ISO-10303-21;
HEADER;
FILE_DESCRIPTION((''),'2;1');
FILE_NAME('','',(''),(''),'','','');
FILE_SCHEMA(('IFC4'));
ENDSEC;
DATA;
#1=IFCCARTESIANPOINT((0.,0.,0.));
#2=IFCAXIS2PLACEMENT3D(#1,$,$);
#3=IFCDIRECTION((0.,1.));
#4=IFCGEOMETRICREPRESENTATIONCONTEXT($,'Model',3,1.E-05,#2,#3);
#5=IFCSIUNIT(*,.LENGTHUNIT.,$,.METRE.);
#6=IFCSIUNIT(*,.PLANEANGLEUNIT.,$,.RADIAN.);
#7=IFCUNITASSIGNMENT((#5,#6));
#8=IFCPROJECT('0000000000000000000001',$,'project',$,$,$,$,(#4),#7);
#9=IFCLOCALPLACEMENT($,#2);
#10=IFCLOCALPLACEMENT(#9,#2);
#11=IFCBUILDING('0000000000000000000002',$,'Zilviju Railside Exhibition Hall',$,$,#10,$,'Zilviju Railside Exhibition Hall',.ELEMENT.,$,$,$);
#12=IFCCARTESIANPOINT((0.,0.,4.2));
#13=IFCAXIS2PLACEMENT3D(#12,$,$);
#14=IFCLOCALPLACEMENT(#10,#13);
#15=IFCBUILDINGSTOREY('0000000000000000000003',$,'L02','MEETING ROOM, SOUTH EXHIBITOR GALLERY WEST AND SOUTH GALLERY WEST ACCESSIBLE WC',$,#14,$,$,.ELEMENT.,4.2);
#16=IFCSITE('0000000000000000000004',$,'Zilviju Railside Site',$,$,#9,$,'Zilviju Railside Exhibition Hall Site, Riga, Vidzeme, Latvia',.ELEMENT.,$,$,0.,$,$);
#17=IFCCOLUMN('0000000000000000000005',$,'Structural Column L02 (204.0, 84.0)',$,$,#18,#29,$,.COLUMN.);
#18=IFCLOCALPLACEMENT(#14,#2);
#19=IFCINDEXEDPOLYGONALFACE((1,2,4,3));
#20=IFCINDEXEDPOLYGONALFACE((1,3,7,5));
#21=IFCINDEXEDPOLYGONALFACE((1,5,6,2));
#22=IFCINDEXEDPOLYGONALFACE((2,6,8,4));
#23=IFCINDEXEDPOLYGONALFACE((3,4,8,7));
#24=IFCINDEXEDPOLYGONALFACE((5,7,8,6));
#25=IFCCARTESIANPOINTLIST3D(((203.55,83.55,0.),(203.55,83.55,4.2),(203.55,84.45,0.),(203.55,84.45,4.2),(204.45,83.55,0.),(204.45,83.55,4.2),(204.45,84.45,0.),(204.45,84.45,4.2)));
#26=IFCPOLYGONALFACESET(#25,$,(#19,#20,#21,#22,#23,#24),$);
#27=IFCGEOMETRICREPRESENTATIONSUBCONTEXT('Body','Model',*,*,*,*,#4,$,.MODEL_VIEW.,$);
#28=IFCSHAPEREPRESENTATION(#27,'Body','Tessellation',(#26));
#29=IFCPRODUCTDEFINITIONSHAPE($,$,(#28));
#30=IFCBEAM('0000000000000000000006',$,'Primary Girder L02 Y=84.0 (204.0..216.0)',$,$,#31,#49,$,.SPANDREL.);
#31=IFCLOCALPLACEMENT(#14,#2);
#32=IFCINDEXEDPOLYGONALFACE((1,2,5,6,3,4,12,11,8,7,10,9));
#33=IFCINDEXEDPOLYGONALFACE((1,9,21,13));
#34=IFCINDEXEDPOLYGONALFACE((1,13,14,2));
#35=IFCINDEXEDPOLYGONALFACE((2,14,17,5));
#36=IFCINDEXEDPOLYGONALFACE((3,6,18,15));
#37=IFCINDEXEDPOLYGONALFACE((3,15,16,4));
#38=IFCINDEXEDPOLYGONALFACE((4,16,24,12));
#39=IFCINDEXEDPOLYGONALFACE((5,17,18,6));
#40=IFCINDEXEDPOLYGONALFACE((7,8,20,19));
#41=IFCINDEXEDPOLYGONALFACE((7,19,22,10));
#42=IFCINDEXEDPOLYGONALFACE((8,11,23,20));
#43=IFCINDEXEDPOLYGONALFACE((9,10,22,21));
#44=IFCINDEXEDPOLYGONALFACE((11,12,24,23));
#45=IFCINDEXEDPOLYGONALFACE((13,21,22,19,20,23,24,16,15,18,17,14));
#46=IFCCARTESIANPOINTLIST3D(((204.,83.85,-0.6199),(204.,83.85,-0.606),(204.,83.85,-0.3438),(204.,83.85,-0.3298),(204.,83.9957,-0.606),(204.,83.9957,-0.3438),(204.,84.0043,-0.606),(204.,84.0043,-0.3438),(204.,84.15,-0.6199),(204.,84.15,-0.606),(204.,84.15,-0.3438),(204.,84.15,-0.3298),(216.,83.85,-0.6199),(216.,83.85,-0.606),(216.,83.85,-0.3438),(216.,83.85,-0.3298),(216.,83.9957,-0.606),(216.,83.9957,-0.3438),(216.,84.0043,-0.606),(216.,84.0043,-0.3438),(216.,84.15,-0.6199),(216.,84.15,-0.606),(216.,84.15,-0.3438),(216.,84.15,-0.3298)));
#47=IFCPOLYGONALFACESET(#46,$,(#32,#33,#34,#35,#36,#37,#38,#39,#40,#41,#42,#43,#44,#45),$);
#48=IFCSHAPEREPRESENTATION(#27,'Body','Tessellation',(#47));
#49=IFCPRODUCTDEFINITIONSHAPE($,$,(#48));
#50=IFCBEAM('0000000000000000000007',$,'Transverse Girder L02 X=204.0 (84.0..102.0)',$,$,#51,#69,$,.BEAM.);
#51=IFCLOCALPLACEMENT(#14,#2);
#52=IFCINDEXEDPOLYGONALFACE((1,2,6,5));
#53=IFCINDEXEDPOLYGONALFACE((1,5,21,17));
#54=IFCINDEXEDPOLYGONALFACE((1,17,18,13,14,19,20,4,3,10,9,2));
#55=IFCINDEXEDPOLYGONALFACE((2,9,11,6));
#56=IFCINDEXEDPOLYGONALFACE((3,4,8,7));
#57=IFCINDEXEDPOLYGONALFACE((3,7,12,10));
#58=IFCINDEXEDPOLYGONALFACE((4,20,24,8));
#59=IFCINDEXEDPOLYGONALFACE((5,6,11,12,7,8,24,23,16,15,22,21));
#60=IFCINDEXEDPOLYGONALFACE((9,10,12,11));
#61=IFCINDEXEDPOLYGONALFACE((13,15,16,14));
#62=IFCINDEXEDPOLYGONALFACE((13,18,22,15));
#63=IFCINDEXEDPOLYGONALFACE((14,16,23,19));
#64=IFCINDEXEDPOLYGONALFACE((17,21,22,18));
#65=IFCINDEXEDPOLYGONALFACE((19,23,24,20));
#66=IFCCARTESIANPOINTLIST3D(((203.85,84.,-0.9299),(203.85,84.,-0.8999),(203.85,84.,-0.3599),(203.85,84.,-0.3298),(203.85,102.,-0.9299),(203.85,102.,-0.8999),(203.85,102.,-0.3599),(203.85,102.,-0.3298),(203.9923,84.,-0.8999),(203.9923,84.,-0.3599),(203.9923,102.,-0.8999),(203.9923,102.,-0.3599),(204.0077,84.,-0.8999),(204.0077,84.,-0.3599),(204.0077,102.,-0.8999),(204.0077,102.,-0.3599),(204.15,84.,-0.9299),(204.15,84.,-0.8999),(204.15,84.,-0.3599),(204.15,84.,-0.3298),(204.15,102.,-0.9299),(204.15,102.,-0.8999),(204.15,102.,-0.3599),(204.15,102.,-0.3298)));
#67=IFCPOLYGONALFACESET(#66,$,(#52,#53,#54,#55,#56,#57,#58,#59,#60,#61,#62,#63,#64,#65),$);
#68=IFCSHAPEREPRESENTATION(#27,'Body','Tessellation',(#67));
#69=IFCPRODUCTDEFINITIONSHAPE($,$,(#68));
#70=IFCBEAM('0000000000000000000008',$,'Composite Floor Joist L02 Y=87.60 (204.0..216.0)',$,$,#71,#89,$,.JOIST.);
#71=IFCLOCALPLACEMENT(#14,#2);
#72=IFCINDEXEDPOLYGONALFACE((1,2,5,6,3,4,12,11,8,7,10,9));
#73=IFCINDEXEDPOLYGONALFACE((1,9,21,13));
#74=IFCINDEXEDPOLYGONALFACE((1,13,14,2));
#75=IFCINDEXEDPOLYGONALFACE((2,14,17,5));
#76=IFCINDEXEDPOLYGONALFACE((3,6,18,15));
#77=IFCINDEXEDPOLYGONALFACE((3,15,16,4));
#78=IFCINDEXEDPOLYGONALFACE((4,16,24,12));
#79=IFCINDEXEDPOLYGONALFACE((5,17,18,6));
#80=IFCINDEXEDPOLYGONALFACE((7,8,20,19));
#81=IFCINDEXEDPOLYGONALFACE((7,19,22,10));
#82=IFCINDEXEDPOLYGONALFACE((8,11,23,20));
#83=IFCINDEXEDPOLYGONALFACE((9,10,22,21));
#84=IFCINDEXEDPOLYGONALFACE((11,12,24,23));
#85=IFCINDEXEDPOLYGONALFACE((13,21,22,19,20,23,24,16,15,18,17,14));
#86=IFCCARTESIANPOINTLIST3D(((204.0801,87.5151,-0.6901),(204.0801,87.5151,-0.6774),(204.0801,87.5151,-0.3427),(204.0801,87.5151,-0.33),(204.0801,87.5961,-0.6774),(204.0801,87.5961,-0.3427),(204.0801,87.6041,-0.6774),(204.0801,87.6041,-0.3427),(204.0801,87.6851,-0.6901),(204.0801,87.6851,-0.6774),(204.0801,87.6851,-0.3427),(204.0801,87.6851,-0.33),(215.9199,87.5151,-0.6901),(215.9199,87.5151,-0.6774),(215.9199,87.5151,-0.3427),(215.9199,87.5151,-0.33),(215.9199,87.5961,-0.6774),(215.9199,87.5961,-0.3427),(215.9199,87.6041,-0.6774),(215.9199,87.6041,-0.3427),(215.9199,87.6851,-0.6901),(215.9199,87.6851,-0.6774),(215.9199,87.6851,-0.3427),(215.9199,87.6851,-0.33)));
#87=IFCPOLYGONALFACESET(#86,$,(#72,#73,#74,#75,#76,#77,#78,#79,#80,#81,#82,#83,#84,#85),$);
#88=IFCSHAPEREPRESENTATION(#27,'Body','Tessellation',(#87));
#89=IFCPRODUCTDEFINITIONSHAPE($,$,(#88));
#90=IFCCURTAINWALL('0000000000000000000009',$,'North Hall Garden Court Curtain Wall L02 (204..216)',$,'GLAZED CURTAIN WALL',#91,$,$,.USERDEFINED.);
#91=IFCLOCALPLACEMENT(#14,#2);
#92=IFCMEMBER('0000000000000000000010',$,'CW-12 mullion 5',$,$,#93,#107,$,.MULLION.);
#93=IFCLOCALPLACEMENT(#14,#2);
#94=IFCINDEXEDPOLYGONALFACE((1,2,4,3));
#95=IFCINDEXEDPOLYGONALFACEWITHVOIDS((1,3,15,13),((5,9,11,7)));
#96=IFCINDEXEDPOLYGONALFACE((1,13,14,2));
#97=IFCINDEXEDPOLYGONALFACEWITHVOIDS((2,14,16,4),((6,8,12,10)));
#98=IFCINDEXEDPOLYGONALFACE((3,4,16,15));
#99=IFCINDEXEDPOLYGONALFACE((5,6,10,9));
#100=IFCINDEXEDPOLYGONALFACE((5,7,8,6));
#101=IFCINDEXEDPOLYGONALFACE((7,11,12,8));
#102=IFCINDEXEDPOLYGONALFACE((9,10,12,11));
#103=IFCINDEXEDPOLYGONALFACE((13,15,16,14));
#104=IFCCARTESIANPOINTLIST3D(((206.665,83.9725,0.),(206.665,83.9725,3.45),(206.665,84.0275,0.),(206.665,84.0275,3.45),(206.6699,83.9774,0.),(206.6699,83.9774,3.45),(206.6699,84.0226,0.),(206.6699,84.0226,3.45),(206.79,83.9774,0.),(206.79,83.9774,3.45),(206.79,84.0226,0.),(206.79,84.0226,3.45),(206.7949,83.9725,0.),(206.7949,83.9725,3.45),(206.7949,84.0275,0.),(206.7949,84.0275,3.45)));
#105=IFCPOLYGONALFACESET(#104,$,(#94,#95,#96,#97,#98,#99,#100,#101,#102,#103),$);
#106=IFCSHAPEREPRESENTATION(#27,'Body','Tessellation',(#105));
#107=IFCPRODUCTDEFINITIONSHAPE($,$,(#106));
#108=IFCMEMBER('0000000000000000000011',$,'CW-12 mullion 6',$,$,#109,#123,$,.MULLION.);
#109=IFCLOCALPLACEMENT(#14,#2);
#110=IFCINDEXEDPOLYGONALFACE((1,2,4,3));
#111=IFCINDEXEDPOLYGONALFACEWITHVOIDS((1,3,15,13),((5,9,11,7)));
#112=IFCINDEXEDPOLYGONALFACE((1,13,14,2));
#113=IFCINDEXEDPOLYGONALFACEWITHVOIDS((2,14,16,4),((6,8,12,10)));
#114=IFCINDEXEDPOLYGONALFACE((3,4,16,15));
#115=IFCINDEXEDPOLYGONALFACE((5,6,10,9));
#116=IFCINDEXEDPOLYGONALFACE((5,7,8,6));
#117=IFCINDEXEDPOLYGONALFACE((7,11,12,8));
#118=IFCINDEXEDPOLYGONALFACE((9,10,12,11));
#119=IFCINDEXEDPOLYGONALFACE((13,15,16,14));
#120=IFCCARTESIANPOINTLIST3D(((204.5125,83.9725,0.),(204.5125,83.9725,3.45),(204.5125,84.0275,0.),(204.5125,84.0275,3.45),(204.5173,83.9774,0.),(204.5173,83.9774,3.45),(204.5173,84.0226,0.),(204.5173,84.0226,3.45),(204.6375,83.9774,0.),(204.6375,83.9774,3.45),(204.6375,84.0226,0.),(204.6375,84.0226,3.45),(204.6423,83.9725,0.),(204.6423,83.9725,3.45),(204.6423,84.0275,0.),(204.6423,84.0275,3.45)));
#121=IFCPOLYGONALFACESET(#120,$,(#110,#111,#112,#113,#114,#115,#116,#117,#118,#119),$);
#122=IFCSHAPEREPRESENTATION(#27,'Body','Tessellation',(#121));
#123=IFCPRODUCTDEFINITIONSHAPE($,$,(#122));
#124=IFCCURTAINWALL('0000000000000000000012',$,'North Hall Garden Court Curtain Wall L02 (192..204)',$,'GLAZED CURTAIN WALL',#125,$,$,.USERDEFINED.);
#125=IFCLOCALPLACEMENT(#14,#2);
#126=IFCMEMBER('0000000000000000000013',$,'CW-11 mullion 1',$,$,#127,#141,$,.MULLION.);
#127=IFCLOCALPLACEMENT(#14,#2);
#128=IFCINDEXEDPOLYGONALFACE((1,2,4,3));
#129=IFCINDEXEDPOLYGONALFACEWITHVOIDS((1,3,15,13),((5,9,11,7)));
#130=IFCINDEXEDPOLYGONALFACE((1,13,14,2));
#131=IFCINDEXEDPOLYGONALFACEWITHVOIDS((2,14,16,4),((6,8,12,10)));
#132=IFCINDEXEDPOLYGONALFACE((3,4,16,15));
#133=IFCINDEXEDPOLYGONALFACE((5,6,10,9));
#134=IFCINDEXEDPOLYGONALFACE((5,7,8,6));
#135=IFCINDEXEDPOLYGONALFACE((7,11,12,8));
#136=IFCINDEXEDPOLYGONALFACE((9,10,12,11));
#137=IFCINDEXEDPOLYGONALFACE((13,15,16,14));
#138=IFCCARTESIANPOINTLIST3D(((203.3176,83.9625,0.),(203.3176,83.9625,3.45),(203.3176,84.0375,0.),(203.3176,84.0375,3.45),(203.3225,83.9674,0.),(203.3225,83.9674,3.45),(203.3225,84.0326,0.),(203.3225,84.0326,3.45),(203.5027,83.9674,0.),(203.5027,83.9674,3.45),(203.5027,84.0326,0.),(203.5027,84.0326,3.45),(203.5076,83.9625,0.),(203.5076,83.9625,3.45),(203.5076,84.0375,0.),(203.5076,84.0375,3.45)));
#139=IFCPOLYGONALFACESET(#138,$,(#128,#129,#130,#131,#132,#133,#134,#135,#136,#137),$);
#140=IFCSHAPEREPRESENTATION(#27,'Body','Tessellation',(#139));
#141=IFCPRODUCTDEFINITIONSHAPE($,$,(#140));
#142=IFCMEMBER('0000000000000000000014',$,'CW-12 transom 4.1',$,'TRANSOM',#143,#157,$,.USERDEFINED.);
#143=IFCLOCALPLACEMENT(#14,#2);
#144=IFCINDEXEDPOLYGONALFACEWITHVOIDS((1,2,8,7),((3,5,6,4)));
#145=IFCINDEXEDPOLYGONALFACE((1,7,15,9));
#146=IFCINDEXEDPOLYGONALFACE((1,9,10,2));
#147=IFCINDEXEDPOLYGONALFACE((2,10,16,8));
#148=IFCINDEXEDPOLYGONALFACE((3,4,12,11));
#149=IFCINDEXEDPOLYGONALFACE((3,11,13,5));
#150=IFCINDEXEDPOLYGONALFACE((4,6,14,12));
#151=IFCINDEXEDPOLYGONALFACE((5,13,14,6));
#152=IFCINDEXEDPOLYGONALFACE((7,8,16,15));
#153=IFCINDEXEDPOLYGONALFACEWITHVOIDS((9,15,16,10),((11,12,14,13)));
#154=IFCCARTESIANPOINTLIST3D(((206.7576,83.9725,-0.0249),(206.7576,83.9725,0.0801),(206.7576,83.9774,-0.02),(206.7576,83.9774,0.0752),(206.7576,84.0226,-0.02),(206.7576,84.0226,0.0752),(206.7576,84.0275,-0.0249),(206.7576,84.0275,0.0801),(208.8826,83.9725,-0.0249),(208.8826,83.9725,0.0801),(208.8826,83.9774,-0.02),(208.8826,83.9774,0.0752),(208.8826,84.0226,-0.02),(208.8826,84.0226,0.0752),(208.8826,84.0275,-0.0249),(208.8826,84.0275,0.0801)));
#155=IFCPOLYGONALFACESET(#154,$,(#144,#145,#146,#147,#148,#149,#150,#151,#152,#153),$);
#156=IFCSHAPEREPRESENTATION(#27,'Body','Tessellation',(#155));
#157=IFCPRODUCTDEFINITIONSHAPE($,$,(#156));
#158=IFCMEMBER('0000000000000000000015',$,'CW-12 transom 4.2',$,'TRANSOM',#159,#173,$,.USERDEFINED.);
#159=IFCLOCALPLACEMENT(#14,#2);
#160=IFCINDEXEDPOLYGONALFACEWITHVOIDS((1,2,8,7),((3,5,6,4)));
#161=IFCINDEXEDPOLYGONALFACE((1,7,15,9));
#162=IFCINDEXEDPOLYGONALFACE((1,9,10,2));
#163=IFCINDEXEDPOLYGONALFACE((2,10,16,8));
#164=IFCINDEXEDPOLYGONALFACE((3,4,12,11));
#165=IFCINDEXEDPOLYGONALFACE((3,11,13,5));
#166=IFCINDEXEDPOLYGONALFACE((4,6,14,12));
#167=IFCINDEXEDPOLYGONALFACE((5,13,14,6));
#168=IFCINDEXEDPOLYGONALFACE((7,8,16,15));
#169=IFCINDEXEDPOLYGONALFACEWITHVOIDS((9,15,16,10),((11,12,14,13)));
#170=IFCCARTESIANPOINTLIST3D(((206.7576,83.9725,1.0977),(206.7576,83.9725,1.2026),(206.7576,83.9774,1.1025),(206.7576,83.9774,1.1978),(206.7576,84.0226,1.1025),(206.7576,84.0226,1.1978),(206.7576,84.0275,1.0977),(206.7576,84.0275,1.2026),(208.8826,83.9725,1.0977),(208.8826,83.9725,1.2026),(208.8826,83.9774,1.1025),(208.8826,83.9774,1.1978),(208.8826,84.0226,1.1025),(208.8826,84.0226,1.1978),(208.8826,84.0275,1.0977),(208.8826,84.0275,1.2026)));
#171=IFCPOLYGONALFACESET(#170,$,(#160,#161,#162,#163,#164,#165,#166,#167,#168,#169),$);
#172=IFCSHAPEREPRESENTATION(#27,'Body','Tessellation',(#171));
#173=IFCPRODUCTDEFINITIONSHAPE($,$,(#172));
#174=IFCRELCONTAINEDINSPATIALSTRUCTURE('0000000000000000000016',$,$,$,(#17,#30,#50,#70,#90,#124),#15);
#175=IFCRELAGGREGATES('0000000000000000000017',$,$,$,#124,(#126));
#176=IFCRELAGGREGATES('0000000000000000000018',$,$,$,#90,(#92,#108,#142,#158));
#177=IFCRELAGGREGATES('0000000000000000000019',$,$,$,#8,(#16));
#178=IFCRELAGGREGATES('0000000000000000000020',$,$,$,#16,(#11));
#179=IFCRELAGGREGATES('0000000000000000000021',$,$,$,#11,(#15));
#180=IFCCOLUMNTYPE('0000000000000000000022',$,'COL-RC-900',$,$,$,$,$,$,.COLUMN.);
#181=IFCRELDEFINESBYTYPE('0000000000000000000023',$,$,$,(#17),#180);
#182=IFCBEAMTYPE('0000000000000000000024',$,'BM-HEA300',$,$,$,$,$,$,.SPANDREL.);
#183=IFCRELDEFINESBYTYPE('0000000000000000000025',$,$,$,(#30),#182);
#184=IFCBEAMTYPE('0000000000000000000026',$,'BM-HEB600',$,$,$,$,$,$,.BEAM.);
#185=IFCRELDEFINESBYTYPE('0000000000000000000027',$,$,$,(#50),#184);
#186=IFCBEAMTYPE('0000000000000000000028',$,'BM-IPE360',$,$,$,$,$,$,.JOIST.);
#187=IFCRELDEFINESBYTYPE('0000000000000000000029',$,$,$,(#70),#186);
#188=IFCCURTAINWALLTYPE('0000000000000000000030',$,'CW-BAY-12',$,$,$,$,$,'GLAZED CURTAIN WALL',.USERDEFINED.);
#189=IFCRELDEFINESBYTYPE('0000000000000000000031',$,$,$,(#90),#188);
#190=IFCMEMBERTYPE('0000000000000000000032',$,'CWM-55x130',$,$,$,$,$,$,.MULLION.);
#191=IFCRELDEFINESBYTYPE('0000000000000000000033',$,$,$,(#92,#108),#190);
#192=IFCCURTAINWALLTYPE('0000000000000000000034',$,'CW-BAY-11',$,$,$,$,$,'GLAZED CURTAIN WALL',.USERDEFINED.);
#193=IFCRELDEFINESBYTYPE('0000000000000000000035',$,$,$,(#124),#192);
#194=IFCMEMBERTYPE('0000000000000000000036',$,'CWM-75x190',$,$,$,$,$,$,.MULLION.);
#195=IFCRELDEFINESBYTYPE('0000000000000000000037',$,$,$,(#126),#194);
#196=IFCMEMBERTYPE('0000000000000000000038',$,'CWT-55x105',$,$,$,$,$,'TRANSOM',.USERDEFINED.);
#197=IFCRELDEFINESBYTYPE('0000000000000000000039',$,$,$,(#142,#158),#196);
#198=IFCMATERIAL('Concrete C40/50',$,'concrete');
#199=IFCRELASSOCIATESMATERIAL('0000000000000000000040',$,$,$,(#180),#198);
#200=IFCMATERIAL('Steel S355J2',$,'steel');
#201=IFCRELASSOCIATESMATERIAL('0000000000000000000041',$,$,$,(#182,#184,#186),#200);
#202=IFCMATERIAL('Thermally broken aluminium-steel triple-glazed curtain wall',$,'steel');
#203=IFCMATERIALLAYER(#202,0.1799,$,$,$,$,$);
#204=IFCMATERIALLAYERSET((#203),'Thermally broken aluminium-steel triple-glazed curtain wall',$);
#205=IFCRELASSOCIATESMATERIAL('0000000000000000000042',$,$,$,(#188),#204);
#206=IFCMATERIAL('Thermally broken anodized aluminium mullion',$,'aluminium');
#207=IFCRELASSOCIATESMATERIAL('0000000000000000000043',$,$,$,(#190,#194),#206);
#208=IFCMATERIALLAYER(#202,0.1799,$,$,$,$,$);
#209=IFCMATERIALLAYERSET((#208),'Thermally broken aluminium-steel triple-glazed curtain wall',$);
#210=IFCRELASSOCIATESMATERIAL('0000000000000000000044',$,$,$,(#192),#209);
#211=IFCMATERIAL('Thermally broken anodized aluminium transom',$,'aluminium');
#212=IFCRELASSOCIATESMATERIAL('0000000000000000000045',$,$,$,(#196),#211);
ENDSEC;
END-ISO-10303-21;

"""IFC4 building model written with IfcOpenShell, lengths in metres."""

from ifc_helpers import new_model, si_unit, direction, frame, origin, origin_2d, place, context, subcontext, project, spatial, rectangle, hollow_rectangle, i_section, extrude, material, layer, layer_set, material_profile, profile_set, type_object, element, aggregate, save


model = new_model("IFC4")

# Units and contexts
model_context = context("Model", 3, precision=1e-05, world=origin(), true_north=direction((0.0, 1.0)))
body_context = subcontext(model_context, "Body", "Model", "MODEL_VIEW")
ifc_project = project(units=[si_unit("LENGTHUNIT", "METRE"), si_unit("PLANEANGLEUNIT", "RADIAN")], contexts=[model_context])

# Site, building, storey
site_placement = place(None, origin())
site = spatial("IfcSite", under=ifc_project, at=site_placement, Name="Zilviju Railside Site", LongName="Zilviju Railside Exhibition Hall Site, Riga, Vidzeme, Latvia", CompositionType="ELEMENT", RefElevation=0.0)
building_placement = place(site_placement, origin())
building = spatial("IfcBuilding", under=site, at=building_placement, Name="Zilviju Railside Exhibition Hall", LongName="Zilviju Railside Exhibition Hall", CompositionType="ELEMENT")
storey_placement = place(building_placement, frame((0.0, 0.0, 4.2)))
storey = spatial("IfcBuildingStorey", under=building, at=storey_placement, Name="L02", Description="MEETING ROOM, SOUTH EXHIBITOR GALLERY WEST AND SOUTH GALLERY WEST ACCESSIBLE WC", CompositionType="ELEMENT", Elevation=4.2)

# Column
ifc_material_1 = material(Name="Concrete C40/50", Category="concrete")
ifc_material_profile_1 = material_profile(ifc_material_1, rectangle(XDim=0.8999, YDim=0.8999, at=origin_2d()), Name="RC COL 900x900")
ifc_profile_set_1 = profile_set([ifc_material_profile_1], Name="Concrete C40/50")
column_type = type_object("IfcColumnType", Name="COL-RC-900", PredefinedType="COLUMN", material=ifc_profile_set_1)
column_placement = place(storey_placement, frame((204.0, 84.0, 0.0), z_axis=(0.0, 0.0, 1.0), x_axis=(1.0, 0.0, 0.0)))
element("IfcColumn", 1, at=column_placement, inside=storey, type_object=column_type, Name="Structural Column L02 (204.0, 84.0)", PredefinedType="COLUMN", context=body_context, shape_type="SweptSolid", body=[
    extrude(rectangle(XDim=0.8999, YDim=0.8999, at=origin_2d()), origin(), (0.0, 0.0, 1.0), 4.2),
])

# Beams
ifc_material_2 = material(Name="Steel S355J2", Category="steel")
ifc_material_profile_2 = material_profile(ifc_material_2, i_section(OverallWidth=0.3, OverallDepth=0.29, WebThickness=0.0085, FlangeThickness=0.0139, at=origin_2d()), Name="HEA 300")
ifc_profile_set_2 = profile_set([ifc_material_profile_2], Name="Steel S355J2")
beam_type_1 = type_object("IfcBeamType", Name="BM-HEA300", PredefinedType="SPANDREL", material=ifc_profile_set_2)
beam_1_placement = place(storey_placement, frame((204.0, 84.0, -0.4749), z_axis=(1.0, 0.0, 0.0), x_axis=(0.0, 1.0, 0.0)))
element("IfcBeam", 2, at=beam_1_placement, inside=storey, type_object=beam_type_1, Name="Primary Girder L02 Y=84.0 (204.0..216.0)", PredefinedType="SPANDREL", context=body_context, shape_type="SweptSolid", body=[
    extrude(i_section(OverallWidth=0.3, OverallDepth=0.29, WebThickness=0.0085, FlangeThickness=0.0139, at=origin_2d()), origin(), (0.0, 0.0, 1.0), 12.0),
])
ifc_material_profile_3 = material_profile(ifc_material_2, i_section(OverallWidth=0.3, OverallDepth=0.6001, WebThickness=0.0154, FlangeThickness=0.03, at=origin_2d()), Name="HEB 600")
ifc_profile_set_3 = profile_set([ifc_material_profile_3], Name="Steel S355J2")
beam_type_2 = type_object("IfcBeamType", Name="BM-HEB600", PredefinedType="BEAM", material=ifc_profile_set_3)
beam_2_placement = place(storey_placement, frame((204.0, 84.0, -0.6299), z_axis=(0.0, 1.0, 0.0), x_axis=(-1.0, 0.0, 0.0)))
element("IfcBeam", 3, at=beam_2_placement, inside=storey, type_object=beam_type_2, Name="Transverse Girder L02 X=204.0 (84.0..102.0)", PredefinedType="BEAM", context=body_context, shape_type="SweptSolid", body=[
    extrude(i_section(OverallWidth=0.3, OverallDepth=0.6001, WebThickness=0.0154, FlangeThickness=0.03, at=origin_2d()), origin(), (0.0, 0.0, 1.0), 18.0),
])
ifc_material_profile_4 = material_profile(ifc_material_2, i_section(OverallWidth=0.1699, OverallDepth=0.3601, WebThickness=0.0081, FlangeThickness=0.0127, at=origin_2d()), Name="IPE 360")
ifc_profile_set_4 = profile_set([ifc_material_profile_4], Name="Steel S355J2")
beam_type_3 = type_object("IfcBeamType", Name="BM-IPE360", PredefinedType="JOIST", material=ifc_profile_set_4)
beam_3_placement = place(storey_placement, frame((204.0801, 87.6001, -0.51), z_axis=(1.0, 0.0, 0.0), x_axis=(0.0, 1.0, 0.0)))
element("IfcBeam", 4, at=beam_3_placement, inside=storey, type_object=beam_type_3, Name="Composite Floor Joist L02 Y=87.60 (204.0..216.0)", PredefinedType="JOIST", context=body_context, shape_type="SweptSolid", body=[
    extrude(i_section(OverallWidth=0.1699, OverallDepth=0.3601, WebThickness=0.0081, FlangeThickness=0.0127, at=origin_2d()), origin(), (0.0, 0.0, 1.0), 11.8398),
])

# Curtain wall, members
ifc_material_3 = material(Name="Thermally broken aluminium-steel triple-glazed curtain wall", Category="steel")
ifc_layer_1 = layer(ifc_material_3, 0.1799)
ifc_layer_set_1 = layer_set([ifc_layer_1], Name="Thermally broken aluminium-steel triple-glazed curtain wall")
curtain_wall_type_1 = type_object("IfcCurtainWallType", Name="CW-BAY-12", ElementType="GLAZED CURTAIN WALL", PredefinedType="USERDEFINED", material=ifc_layer_set_1)
curtain_wall_1_placement = place(storey_placement, origin())
curtain_wall_1 = element("IfcCurtainWall", 5, at=curtain_wall_1_placement, inside=storey, type_object=curtain_wall_type_1, Name="North Hall Garden Court Curtain Wall L02 (204..216)", ObjectType="GLAZED CURTAIN WALL", PredefinedType="USERDEFINED")
ifc_material_4 = material(Name="Thermally broken anodized aluminium mullion", Category="aluminium")
ifc_material_profile_5 = material_profile(ifc_material_4, hollow_rectangle(XDim=0.0549, YDim=0.1299, WallThickness=0.0049, at=origin_2d()), Name="MULLION 130x55x5")
ifc_profile_set_5 = profile_set([ifc_material_profile_5], Name="Thermally broken anodized aluminium mullion")
member_type_1 = type_object("IfcMemberType", Name="CWM-55x130", PredefinedType="MULLION", material=ifc_profile_set_5)
member_1_placement = place(storey_placement, frame((206.73, 84.0, 0.0), z_axis=(0.0, 0.0, 1.0), x_axis=(0.0, -1.0, 0.0)))
member_1 = element("IfcMember", 6, at=member_1_placement, type_object=member_type_1, Name="CW-12 mullion 5", PredefinedType="MULLION", context=body_context, shape_type="SweptSolid", body=[
    extrude(hollow_rectangle(XDim=0.0549, YDim=0.1299, WallThickness=0.0049, at=origin_2d()), origin(), (0.0, 0.0, 1.0), 3.45),
])
member_2_placement = place(storey_placement, frame((204.5774, 84.0, 0.0), z_axis=(0.0, 0.0, 1.0), x_axis=(0.0, -1.0, 0.0)))
member_2 = element("IfcMember", 7, at=member_2_placement, type_object=member_type_1, Name="CW-12 mullion 6", PredefinedType="MULLION", context=body_context, shape_type="SweptSolid", body=[
    extrude(hollow_rectangle(XDim=0.0549, YDim=0.1299, WallThickness=0.0049, at=origin_2d()), origin(), (0.0, 0.0, 1.0), 3.45),
])

# Curtain wall, member
ifc_layer_2 = layer(ifc_material_3, 0.1799)
ifc_layer_set_2 = layer_set([ifc_layer_2], Name="Thermally broken aluminium-steel triple-glazed curtain wall")
curtain_wall_type_2 = type_object("IfcCurtainWallType", Name="CW-BAY-11", ElementType="GLAZED CURTAIN WALL", PredefinedType="USERDEFINED", material=ifc_layer_set_2)
curtain_wall_2_placement = place(storey_placement, origin())
curtain_wall_2 = element("IfcCurtainWall", 8, at=curtain_wall_2_placement, inside=storey, type_object=curtain_wall_type_2, Name="North Hall Garden Court Curtain Wall L02 (192..204)", ObjectType="GLAZED CURTAIN WALL", PredefinedType="USERDEFINED")
ifc_material_profile_6 = material_profile(ifc_material_4, hollow_rectangle(XDim=0.075, YDim=0.1899, WallThickness=0.0049, at=origin_2d()), Name="MULLION 190x75x5")
ifc_profile_set_6 = profile_set([ifc_material_profile_6], Name="Thermally broken anodized aluminium mullion")
member_type_2 = type_object("IfcMemberType", Name="CWM-75x190", PredefinedType="MULLION", material=ifc_profile_set_6)
member_3_placement = place(storey_placement, frame((203.4126, 84.0, 0.0), z_axis=(0.0, 0.0, 1.0), x_axis=(0.0, -1.0, 0.0)))
member_3 = element("IfcMember", 9, at=member_3_placement, type_object=member_type_2, Name="CW-11 mullion 1", PredefinedType="MULLION", context=body_context, shape_type="SweptSolid", body=[
    extrude(hollow_rectangle(XDim=0.075, YDim=0.1899, WallThickness=0.0049, at=origin_2d()), origin(), (0.0, 0.0, 1.0), 3.45),
])
aggregate(curtain_wall_2, [member_3])

# Members
ifc_material_5 = material(Name="Thermally broken anodized aluminium transom", Category="aluminium")
ifc_material_profile_7 = material_profile(ifc_material_5, hollow_rectangle(XDim=0.0549, YDim=0.105, WallThickness=0.0049, at=origin_2d()), Name="TRANSOM 105x55x5")
ifc_profile_set_7 = profile_set([ifc_material_profile_7], Name="Thermally broken anodized aluminium transom")
member_type_3 = type_object("IfcMemberType", Name="CWT-55x105", ElementType="TRANSOM", PredefinedType="USERDEFINED", material=ifc_profile_set_7)
member_4_placement = place(storey_placement, frame((208.8826, 84.0, 0.0276), z_axis=(-1.0, 0.0, 0.0), x_axis=(0.0, -1.0, 0.0)))
member_4 = element("IfcMember", 10, at=member_4_placement, type_object=member_type_3, Name="CW-12 transom 4.1", ObjectType="TRANSOM", PredefinedType="USERDEFINED", context=body_context, shape_type="SweptSolid", body=[
    extrude(hollow_rectangle(XDim=0.0549, YDim=0.105, WallThickness=0.0049, at=origin_2d()), origin(), (0.0, 0.0, 1.0), 2.125),
])
member_5_placement = place(storey_placement, frame((208.8826, 84.0, 1.1501), z_axis=(-1.0, 0.0, 0.0), x_axis=(0.0, -1.0, 0.0)))
member_5 = element("IfcMember", 11, at=member_5_placement, type_object=member_type_3, Name="CW-12 transom 4.2", ObjectType="TRANSOM", PredefinedType="USERDEFINED", context=body_context, shape_type="SweptSolid", body=[
    extrude(hollow_rectangle(XDim=0.0549, YDim=0.105, WallThickness=0.0049, at=origin_2d()), origin(), (0.0, 0.0, 1.0), 2.125),
])

aggregate(curtain_wall_1, [member_1, member_2, member_4, member_5])

save(model, "model.ifc")
